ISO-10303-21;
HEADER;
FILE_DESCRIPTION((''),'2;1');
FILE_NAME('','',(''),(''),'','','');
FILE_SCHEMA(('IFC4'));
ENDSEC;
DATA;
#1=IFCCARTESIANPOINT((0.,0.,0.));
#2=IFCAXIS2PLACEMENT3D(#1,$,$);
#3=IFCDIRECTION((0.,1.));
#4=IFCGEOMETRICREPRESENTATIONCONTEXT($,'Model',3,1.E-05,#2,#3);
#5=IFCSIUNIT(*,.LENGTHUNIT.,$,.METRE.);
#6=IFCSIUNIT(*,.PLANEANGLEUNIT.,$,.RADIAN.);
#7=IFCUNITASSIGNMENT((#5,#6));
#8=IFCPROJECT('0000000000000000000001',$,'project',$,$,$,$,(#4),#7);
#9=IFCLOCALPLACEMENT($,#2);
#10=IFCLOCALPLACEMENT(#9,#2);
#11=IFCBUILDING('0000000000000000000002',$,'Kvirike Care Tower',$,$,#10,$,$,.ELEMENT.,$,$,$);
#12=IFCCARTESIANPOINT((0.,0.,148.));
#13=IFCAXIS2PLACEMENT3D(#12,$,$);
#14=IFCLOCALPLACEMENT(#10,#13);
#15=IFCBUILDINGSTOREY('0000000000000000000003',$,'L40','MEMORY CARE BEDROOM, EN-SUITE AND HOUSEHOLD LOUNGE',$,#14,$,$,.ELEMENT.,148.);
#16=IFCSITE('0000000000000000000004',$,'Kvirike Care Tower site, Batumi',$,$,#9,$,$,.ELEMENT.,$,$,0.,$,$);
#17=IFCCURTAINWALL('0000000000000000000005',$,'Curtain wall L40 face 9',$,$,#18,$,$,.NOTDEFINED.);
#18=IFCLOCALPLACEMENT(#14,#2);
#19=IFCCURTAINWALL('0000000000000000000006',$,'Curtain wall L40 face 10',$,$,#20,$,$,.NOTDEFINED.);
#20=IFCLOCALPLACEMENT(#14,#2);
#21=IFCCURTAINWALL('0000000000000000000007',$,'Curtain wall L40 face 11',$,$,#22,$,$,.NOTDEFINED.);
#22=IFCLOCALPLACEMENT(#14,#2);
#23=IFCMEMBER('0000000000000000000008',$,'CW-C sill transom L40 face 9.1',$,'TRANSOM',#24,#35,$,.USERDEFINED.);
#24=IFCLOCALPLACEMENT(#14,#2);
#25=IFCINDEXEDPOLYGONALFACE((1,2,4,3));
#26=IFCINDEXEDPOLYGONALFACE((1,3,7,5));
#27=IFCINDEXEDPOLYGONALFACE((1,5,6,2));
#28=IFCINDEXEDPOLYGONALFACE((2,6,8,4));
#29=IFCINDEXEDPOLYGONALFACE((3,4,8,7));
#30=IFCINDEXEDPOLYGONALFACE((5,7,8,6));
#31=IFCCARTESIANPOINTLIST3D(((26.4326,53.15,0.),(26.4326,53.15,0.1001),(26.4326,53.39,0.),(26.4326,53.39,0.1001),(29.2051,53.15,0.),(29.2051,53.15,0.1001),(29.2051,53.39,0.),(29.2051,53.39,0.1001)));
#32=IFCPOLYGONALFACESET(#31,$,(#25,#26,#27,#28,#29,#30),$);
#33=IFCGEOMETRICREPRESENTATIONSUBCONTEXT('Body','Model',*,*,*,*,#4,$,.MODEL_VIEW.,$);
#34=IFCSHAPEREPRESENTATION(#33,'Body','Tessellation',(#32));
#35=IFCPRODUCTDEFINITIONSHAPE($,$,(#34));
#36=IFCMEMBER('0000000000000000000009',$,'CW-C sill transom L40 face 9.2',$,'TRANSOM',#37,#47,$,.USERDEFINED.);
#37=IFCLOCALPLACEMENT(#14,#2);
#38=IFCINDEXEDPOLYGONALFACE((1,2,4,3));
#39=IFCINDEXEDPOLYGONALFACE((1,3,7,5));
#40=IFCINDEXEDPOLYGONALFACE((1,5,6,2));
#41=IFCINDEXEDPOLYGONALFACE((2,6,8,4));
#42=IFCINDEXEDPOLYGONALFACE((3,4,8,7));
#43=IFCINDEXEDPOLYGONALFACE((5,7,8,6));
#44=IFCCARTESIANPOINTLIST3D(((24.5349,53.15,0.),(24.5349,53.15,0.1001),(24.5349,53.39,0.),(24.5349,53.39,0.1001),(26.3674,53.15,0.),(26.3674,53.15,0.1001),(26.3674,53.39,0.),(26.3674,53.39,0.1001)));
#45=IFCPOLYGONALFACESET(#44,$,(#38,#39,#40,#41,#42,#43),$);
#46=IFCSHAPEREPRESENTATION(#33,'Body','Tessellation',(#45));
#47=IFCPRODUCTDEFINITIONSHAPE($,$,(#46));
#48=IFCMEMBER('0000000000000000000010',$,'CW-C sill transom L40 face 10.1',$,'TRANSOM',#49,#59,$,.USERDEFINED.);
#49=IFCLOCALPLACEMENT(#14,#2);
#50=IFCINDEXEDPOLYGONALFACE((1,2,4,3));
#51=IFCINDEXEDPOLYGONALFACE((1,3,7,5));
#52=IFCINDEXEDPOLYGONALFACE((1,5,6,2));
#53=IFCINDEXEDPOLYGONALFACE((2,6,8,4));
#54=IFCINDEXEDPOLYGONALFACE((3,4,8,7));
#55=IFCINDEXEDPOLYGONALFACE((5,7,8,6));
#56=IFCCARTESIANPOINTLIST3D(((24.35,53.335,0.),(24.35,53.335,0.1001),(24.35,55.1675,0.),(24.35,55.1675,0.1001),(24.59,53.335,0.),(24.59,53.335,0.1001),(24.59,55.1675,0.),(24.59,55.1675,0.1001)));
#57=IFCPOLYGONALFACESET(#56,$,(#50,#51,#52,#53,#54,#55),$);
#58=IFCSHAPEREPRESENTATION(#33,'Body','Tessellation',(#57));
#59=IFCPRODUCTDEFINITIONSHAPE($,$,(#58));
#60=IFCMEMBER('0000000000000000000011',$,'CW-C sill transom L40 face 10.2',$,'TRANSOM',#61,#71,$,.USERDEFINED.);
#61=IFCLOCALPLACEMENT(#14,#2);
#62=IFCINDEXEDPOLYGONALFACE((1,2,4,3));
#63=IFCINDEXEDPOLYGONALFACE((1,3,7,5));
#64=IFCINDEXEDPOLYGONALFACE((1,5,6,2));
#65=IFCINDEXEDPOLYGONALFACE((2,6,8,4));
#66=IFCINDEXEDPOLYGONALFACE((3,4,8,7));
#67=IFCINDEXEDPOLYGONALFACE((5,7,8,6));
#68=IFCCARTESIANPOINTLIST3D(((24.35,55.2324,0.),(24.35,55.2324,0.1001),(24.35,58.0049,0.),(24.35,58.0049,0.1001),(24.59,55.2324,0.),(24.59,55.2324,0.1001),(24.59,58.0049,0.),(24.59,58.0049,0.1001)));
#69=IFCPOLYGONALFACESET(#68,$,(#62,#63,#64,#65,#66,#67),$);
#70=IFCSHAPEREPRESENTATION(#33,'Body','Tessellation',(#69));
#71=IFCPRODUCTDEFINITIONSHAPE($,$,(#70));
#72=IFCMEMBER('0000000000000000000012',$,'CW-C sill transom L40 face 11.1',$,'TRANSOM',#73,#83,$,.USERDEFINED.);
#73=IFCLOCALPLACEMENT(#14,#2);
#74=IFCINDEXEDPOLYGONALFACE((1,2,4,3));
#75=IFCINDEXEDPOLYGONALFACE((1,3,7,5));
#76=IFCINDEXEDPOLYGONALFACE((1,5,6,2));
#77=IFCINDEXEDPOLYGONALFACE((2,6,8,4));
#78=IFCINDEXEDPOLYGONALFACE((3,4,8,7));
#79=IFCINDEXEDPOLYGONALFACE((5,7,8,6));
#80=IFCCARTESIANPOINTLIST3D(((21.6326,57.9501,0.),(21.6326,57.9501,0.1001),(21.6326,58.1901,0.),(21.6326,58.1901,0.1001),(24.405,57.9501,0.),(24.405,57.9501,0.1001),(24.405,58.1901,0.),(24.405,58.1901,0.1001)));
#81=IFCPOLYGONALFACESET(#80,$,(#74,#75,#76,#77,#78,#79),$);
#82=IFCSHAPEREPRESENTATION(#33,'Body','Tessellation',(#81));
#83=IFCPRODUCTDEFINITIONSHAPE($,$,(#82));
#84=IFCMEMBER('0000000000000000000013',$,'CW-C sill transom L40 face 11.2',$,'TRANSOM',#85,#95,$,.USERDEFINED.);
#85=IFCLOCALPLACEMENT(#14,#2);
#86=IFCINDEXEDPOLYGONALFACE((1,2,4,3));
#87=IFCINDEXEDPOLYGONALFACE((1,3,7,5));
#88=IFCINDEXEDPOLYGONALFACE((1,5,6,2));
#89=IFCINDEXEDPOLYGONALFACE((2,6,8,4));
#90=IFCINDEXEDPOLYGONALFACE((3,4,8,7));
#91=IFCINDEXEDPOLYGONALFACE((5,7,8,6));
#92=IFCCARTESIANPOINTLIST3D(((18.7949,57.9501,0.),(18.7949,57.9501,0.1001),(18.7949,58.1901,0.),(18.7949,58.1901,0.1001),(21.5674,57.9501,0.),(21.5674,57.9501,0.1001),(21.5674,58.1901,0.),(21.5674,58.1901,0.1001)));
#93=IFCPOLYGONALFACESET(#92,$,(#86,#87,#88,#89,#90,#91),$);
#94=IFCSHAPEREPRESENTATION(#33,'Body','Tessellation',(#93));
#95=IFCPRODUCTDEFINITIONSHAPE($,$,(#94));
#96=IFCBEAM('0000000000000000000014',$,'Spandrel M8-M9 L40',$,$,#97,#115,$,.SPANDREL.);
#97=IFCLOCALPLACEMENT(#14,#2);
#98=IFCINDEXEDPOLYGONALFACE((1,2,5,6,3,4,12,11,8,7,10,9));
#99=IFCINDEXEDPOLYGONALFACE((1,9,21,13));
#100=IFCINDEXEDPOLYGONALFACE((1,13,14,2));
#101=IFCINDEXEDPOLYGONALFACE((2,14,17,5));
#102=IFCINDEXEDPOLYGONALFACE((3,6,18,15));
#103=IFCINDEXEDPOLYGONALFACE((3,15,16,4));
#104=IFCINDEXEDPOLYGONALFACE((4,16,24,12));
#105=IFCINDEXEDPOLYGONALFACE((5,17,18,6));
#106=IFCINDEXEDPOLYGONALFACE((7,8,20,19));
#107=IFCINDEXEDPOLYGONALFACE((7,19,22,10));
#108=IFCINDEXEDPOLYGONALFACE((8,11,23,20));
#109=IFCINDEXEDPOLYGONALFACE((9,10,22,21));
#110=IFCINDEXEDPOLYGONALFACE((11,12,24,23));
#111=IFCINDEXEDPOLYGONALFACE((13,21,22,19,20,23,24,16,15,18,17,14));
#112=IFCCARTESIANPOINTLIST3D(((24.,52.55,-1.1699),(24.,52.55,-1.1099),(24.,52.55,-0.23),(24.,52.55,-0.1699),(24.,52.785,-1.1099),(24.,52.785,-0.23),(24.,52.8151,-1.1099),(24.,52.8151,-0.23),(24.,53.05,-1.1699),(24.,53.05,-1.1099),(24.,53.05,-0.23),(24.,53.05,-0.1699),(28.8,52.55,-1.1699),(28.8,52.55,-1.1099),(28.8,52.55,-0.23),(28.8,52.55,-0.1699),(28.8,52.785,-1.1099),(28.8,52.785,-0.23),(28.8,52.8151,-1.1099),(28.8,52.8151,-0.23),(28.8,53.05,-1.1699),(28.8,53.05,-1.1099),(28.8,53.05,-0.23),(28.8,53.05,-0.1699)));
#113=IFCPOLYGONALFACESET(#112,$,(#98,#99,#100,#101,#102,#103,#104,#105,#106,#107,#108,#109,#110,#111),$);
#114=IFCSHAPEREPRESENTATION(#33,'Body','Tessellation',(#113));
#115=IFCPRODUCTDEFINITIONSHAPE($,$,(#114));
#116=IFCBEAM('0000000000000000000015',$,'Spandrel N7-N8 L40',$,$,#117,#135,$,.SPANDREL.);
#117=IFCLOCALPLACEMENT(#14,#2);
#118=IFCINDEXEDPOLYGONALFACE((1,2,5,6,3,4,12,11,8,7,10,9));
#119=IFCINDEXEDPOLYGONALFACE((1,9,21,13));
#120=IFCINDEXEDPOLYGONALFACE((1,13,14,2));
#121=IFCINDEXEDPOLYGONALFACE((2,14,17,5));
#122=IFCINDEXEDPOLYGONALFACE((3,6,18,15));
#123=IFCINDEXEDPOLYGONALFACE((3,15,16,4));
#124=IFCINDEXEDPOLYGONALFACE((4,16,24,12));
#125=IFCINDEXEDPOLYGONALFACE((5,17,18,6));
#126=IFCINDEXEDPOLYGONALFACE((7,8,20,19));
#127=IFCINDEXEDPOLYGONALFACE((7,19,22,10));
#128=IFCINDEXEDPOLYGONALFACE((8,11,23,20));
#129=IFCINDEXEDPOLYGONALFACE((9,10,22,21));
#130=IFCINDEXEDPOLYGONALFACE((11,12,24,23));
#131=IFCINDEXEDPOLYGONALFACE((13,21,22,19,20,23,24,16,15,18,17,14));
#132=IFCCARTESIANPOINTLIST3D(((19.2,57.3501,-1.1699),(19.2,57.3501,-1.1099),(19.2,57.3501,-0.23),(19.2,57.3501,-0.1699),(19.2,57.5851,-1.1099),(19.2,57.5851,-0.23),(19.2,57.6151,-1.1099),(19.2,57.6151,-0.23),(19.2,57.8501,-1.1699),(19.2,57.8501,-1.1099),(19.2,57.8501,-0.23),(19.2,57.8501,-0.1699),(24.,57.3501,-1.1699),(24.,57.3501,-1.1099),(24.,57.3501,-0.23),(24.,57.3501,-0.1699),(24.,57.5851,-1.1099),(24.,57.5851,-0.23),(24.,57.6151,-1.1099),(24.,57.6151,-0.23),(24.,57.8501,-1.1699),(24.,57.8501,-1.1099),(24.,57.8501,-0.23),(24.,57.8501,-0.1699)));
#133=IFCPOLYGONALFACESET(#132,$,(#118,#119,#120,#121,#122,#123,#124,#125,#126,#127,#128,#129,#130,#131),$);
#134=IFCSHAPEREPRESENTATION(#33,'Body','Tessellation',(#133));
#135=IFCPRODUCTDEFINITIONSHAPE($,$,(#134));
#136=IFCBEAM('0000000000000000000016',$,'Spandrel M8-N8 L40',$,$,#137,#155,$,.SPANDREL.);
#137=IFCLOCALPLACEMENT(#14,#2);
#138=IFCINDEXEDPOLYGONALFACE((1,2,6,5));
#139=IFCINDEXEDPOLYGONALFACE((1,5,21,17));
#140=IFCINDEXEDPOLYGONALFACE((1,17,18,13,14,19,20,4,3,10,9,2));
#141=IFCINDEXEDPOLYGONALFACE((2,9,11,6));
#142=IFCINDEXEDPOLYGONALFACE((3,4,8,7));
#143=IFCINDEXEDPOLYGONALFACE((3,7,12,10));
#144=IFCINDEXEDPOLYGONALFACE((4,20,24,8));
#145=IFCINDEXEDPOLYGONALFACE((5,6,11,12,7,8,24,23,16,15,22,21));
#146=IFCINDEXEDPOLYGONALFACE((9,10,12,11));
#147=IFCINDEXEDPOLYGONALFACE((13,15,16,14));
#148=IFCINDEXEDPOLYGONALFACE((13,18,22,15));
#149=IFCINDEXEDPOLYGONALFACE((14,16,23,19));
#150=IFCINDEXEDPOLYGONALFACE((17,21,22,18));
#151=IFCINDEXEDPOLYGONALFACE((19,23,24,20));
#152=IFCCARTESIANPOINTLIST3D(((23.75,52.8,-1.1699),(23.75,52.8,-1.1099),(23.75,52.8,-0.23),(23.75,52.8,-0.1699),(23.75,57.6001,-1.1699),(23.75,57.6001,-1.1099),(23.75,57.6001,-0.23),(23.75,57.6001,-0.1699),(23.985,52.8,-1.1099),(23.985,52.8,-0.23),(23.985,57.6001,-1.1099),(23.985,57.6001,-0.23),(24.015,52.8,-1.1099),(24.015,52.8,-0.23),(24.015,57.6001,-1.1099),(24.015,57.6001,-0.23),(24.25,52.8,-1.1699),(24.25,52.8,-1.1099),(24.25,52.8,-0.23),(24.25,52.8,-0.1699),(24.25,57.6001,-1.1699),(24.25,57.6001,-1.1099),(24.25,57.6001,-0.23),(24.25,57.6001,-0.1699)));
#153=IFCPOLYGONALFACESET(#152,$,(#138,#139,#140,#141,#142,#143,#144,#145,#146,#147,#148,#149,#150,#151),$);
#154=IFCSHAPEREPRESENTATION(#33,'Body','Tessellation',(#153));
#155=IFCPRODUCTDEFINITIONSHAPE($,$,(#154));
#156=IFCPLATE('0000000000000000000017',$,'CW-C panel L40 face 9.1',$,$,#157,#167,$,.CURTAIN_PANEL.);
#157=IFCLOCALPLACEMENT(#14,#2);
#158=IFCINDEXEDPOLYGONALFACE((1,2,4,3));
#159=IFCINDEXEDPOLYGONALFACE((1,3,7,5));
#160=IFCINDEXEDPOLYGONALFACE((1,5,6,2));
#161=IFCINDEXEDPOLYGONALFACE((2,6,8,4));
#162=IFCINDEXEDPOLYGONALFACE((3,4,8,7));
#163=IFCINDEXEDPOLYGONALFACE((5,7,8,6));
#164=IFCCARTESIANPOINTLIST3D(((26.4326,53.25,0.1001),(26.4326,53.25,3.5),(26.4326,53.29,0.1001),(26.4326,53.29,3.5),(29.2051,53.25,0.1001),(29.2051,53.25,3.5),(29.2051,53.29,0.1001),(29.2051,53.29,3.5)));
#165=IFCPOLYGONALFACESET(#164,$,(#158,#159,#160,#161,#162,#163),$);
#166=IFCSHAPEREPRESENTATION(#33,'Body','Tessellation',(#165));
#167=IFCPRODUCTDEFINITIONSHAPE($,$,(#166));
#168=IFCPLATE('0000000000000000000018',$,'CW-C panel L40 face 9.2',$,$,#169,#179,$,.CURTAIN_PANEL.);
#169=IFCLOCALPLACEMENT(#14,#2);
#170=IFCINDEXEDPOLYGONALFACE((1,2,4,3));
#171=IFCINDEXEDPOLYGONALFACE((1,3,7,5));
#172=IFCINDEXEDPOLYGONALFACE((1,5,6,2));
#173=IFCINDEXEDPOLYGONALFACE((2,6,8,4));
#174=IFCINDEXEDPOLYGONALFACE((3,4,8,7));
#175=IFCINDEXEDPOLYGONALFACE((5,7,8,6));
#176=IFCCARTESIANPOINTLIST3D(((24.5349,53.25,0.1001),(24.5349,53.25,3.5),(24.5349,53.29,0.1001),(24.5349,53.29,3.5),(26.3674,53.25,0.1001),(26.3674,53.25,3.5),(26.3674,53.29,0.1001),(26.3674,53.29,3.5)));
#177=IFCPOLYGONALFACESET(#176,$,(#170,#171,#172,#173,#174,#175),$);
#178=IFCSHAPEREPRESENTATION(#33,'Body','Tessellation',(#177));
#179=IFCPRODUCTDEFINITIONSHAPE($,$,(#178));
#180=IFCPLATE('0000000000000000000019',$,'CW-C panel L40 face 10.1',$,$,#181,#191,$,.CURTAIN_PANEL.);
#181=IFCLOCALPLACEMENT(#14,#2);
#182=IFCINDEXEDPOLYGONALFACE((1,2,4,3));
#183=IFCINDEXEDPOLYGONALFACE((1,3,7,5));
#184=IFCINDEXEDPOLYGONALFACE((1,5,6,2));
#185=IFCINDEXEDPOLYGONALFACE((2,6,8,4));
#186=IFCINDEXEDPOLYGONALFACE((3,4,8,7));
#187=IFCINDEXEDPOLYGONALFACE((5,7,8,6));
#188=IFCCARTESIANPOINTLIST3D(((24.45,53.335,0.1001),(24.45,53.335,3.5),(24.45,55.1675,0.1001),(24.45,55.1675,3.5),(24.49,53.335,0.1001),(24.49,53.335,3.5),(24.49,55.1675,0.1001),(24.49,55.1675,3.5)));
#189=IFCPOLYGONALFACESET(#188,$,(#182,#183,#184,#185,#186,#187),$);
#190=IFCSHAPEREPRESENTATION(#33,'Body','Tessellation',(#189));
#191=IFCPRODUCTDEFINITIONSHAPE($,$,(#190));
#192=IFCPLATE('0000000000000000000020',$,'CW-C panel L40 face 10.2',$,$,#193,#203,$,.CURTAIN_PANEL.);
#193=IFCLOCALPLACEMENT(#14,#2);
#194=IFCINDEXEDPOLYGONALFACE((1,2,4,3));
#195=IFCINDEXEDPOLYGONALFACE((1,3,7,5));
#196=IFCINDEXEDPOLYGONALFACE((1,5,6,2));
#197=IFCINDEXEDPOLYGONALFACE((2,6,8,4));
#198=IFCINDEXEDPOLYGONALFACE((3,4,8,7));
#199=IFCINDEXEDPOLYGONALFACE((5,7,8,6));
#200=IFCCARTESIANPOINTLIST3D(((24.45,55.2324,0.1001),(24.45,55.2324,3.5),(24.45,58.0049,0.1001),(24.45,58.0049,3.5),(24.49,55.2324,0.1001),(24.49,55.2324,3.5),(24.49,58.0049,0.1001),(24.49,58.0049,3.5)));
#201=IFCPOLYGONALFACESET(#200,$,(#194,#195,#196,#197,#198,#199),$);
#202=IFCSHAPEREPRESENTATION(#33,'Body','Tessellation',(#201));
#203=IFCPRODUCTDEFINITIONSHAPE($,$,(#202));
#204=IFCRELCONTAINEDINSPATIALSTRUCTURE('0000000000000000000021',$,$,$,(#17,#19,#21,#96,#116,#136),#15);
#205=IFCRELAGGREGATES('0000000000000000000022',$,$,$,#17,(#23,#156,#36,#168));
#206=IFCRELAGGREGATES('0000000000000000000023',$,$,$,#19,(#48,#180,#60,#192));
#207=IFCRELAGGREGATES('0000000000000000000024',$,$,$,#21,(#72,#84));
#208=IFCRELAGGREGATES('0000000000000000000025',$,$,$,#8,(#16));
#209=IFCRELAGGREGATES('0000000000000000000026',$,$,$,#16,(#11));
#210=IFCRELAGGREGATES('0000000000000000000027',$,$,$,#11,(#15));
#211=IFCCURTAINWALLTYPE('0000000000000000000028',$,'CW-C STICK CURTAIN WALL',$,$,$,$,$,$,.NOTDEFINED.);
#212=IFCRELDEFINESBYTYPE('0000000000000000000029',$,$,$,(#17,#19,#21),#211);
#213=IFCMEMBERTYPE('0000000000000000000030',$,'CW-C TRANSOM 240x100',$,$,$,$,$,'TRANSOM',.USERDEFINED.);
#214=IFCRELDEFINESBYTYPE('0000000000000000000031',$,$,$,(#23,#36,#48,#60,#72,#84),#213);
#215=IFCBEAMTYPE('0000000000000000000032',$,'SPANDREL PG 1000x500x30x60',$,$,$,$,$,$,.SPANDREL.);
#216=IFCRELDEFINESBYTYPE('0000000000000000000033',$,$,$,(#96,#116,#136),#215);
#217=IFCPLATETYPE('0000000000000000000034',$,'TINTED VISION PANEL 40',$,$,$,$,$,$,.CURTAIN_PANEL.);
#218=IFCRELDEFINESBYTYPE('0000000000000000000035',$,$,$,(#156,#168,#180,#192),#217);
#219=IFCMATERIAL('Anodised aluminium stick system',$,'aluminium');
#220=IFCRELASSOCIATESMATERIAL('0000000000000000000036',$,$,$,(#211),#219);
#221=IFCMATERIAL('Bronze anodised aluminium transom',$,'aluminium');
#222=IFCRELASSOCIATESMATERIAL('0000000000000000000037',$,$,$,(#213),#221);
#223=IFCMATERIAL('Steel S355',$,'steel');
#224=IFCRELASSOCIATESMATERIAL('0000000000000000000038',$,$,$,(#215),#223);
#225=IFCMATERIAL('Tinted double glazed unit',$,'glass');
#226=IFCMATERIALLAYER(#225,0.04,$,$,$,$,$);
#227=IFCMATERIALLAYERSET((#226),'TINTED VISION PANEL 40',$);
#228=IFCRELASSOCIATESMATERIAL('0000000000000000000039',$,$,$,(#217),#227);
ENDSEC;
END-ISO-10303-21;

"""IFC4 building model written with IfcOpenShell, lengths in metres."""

from ifc_helpers import new_model, si_unit, direction, frame, origin, origin_2d, place, context, subcontext, project, spatial, rectangle, i_section, extrude, material, layer, layer_set, material_profile, profile_set, type_object, element, aggregate, save


model = new_model("IFC4")

# Units and contexts
model_context = context("Model", 3, precision=1e-05, world=origin(), true_north=direction((0.0, 1.0)))
body_context = subcontext(model_context, "Body", "Model", "MODEL_VIEW")
ifc_project = project(units=[si_unit("LENGTHUNIT", "METRE"), si_unit("PLANEANGLEUNIT", "RADIAN")], contexts=[model_context])

# Site, building, storey
site_placement = place(None, origin())
site = spatial("IfcSite", under=ifc_project, at=site_placement, Name="Kvirike Care Tower site, Batumi", CompositionType="ELEMENT", RefElevation=0.0)
building_placement = place(site_placement, origin())
building = spatial("IfcBuilding", under=site, at=building_placement, Name="Kvirike Care Tower", CompositionType="ELEMENT")
storey_placement = place(building_placement, frame((0.0, 0.0, 148.0)))
storey = spatial("IfcBuildingStorey", under=building, at=storey_placement, Name="L40", Description="MEMORY CARE BEDROOM, EN-SUITE AND HOUSEHOLD LOUNGE", CompositionType="ELEMENT", Elevation=148.0)

# Curtain walls
ifc_material_1 = material(Name="Anodised aluminium stick system", Category="aluminium")
curtain_wall_type = type_object("IfcCurtainWallType", Name="CW-C STICK CURTAIN WALL", PredefinedType="NOTDEFINED", material=ifc_material_1)
curtain_wall_1_placement = place(storey_placement, origin())
curtain_wall_1 = element("IfcCurtainWall", 1, at=curtain_wall_1_placement, inside=storey, type_object=curtain_wall_type, Name="Curtain wall L40 face 9", PredefinedType="NOTDEFINED")
curtain_wall_2_placement = place(storey_placement, origin())
curtain_wall_2 = element("IfcCurtainWall", 2, at=curtain_wall_2_placement, inside=storey, type_object=curtain_wall_type, Name="Curtain wall L40 face 10", PredefinedType="NOTDEFINED")

# Curtain wall
curtain_wall_3_placement = place(storey_placement, origin())
curtain_wall_3 = element("IfcCurtainWall", 3, at=curtain_wall_3_placement, inside=storey, type_object=curtain_wall_type, Name="Curtain wall L40 face 11", PredefinedType="NOTDEFINED")

# Members
ifc_material_2 = material(Name="Bronze anodised aluminium transom", Category="aluminium")
ifc_material_profile_1 = material_profile(ifc_material_2, rectangle(XDim=0.24, YDim=0.1001, at=origin_2d()), Name="CW-C TRANSOM 240x100")
ifc_profile_set_1 = profile_set([ifc_material_profile_1], Name="Bronze anodised aluminium transom")
member_type_1 = type_object("IfcMemberType", Name="CW-C TRANSOM 240x100", ElementType="TRANSOM", PredefinedType="USERDEFINED", material=ifc_profile_set_1)
member_1_placement = place(storey_placement, frame((29.2051, 53.27, 0.05), z_axis=(-1.0, 0.0, 0.0), x_axis=(0.0, -1.0, 0.0)))
member_1 = element("IfcMember", 4, at=member_1_placement, type_object=member_type_1, Name="CW-C sill transom L40 face 9.1", ObjectType="TRANSOM", PredefinedType="USERDEFINED", context=body_context, shape_type="SweptSolid", body=[
    extrude(rectangle(XDim=0.24, YDim=0.1001, at=origin_2d()), origin(), (0.0, 0.0, 1.0), 2.7725),
])
member_2_placement = place(storey_placement, frame((26.3674, 53.27, 0.05), z_axis=(-1.0, 0.0, 0.0), x_axis=(0.0, -1.0, 0.0)))
member_2 = element("IfcMember", 5, at=member_2_placement, type_object=member_type_1, Name="CW-C sill transom L40 face 9.2", ObjectType="TRANSOM", PredefinedType="USERDEFINED", context=body_context, shape_type="SweptSolid", body=[
    extrude(rectangle(XDim=0.24, YDim=0.1001, at=origin_2d()), origin(), (0.0, 0.0, 1.0), 1.8325),
])
member_3_placement = place(storey_placement, frame((24.47, 53.335, 0.05), z_axis=(0.0, 1.0, 0.0), x_axis=(-1.0, 0.0, 0.0)))
member_3 = element("IfcMember", 6, at=member_3_placement, type_object=member_type_1, Name="CW-C sill transom L40 face 10.1", ObjectType="TRANSOM", PredefinedType="USERDEFINED", context=body_context, shape_type="SweptSolid", body=[
    extrude(rectangle(XDim=0.24, YDim=0.1001, at=origin_2d()), origin(), (0.0, 0.0, 1.0), 1.8325),
])
member_4_placement = place(storey_placement, frame((24.47, 55.2324, 0.05), z_axis=(0.0, 1.0, 0.0), x_axis=(-1.0, 0.0, 0.0)))
member_4 = element("IfcMember", 7, at=member_4_placement, type_object=member_type_1, Name="CW-C sill transom L40 face 10.2", ObjectType="TRANSOM", PredefinedType="USERDEFINED", context=body_context, shape_type="SweptSolid", body=[
    extrude(rectangle(XDim=0.24, YDim=0.1001, at=origin_2d()), origin(), (0.0, 0.0, 1.0), 2.7725),
])
member_5_placement = place(storey_placement, frame((24.405, 58.0701, 0.05), z_axis=(-1.0, 0.0, 0.0), x_axis=(0.0, -1.0, 0.0)))
member_5 = element("IfcMember", 8, at=member_5_placement, type_object=member_type_1, Name="CW-C sill transom L40 face 11.1", ObjectType="TRANSOM", PredefinedType="USERDEFINED", context=body_context, shape_type="SweptSolid", body=[
    extrude(rectangle(XDim=0.24, YDim=0.1001, at=origin_2d()), origin(), (0.0, 0.0, 1.0), 2.7725),
])
member_6_placement = place(storey_placement, frame((21.5674, 58.0701, 0.05), z_axis=(-1.0, 0.0, 0.0), x_axis=(0.0, -1.0, 0.0)))
member_6 = element("IfcMember", 9, at=member_6_placement, type_object=member_type_1, Name="CW-C sill transom L40 face 11.2", ObjectType="TRANSOM", PredefinedType="USERDEFINED", context=body_context, shape_type="SweptSolid", body=[
    extrude(rectangle(XDim=0.24, YDim=0.1001, at=origin_2d()), origin(), (0.0, 0.0, 1.0), 2.7725),
])

# Beams
ifc_material_3 = material(Name="Steel S355", Category="steel")
ifc_material_profile_2 = material_profile(ifc_material_3, i_section(OverallWidth=0.5, OverallDepth=1.0, WebThickness=0.03, FlangeThickness=0.0601, at=origin_2d()), Name="PG 1000x500x30x60")
ifc_profile_set_2 = profile_set([ifc_material_profile_2], Name="Steel S355")
beam_type = type_object("IfcBeamType", Name="SPANDREL PG 1000x500x30x60", PredefinedType="SPANDREL", material=ifc_profile_set_2)
for number, where, z_axis, x_axis, name in (
    (10, (24.0, 52.8, -0.6699), (1.0, 0.0, 0.0), (0.0, 1.0, 0.0), "Spandrel M8-M9 L40"),
    (11, (19.2, 57.6001, -0.6699), (1.0, 0.0, 0.0), (0.0, 1.0, 0.0), "Spandrel N7-N8 L40"),
    (12, (24.0, 52.8, -0.6699), (0.0, 1.0, 0.0), (-1.0, 0.0, 0.0), "Spandrel M8-N8 L40"),
):
    element("IfcBeam", number, at=place(storey_placement, frame(where, z_axis=z_axis, x_axis=x_axis)), inside=storey, type_object=beam_type, Name=name, PredefinedType="SPANDREL", context=body_context, shape_type="SweptSolid", body=[
        extrude(i_section(OverallWidth=0.5, OverallDepth=1.0, WebThickness=0.03, FlangeThickness=0.0601, at=origin_2d()), origin(), (0.0, 0.0, 1.0), 4.8),
    ])

# Plates
ifc_material_4 = material(Name="Tinted double glazed unit", Category="glass")
ifc_layer_1 = layer(ifc_material_4, 0.04)
ifc_layer_set_1 = layer_set([ifc_layer_1], Name="TINTED VISION PANEL 40")
plate_type = type_object("IfcPlateType", Name="TINTED VISION PANEL 40", PredefinedType="CURTAIN_PANEL", material=ifc_layer_set_1)
plate_1_placement = place(storey_placement, frame((27.8188, 53.27, 0.1001), z_axis=(0.0, 0.0, 1.0), x_axis=(-1.0, 0.0, 0.0)))
plate_1 = element("IfcPlate", 13, at=plate_1_placement, type_object=plate_type, Name="CW-C panel L40 face 9.1", PredefinedType="CURTAIN_PANEL", context=body_context, shape_type="SweptSolid", body=[
    extrude(rectangle(XDim=2.7725, YDim=0.04, at=origin_2d()), origin(), (0.0, 0.0, 1.0), 3.3999),
])
plate_2_placement = place(storey_placement, frame((25.4512, 53.27, 0.1001), z_axis=(0.0, 0.0, 1.0), x_axis=(-1.0, 0.0, 0.0)))
plate_2 = element("IfcPlate", 14, at=plate_2_placement, type_object=plate_type, Name="CW-C panel L40 face 9.2", PredefinedType="CURTAIN_PANEL", context=body_context, shape_type="SweptSolid", body=[
    extrude(rectangle(XDim=1.8325, YDim=0.04, at=origin_2d()), origin(), (0.0, 0.0, 1.0), 3.3999),
])
aggregate(curtain_wall_1, [member_1, plate_1, member_2, plate_2])
plate_3_placement = place(storey_placement, frame((24.47, 54.2512, 0.1001), z_axis=(0.0, 0.0, 1.0), x_axis=(0.0, 1.0, 0.0)))
plate_3 = element("IfcPlate", 15, at=plate_3_placement, type_object=plate_type, Name="CW-C panel L40 face 10.1", PredefinedType="CURTAIN_PANEL", context=body_context, shape_type="SweptSolid", body=[
    extrude(rectangle(XDim=1.8325, YDim=0.04, at=origin_2d()), origin(), (0.0, 0.0, 1.0), 3.3999),
])
plate_4_placement = place(storey_placement, frame((24.47, 56.6187, 0.1001), z_axis=(0.0, 0.0, 1.0), x_axis=(0.0, 1.0, 0.0)))
plate_4 = element("IfcPlate", 16, at=plate_4_placement, type_object=plate_type, Name="CW-C panel L40 face 10.2", PredefinedType="CURTAIN_PANEL", context=body_context, shape_type="SweptSolid", body=[
    extrude(rectangle(XDim=2.7725, YDim=0.04, at=origin_2d()), origin(), (0.0, 0.0, 1.0), 3.3999),
])
aggregate(curtain_wall_2, [member_3, plate_3, member_4, plate_4])
aggregate(curtain_wall_3, [member_5, member_6])

save(model, "model.ifc")
